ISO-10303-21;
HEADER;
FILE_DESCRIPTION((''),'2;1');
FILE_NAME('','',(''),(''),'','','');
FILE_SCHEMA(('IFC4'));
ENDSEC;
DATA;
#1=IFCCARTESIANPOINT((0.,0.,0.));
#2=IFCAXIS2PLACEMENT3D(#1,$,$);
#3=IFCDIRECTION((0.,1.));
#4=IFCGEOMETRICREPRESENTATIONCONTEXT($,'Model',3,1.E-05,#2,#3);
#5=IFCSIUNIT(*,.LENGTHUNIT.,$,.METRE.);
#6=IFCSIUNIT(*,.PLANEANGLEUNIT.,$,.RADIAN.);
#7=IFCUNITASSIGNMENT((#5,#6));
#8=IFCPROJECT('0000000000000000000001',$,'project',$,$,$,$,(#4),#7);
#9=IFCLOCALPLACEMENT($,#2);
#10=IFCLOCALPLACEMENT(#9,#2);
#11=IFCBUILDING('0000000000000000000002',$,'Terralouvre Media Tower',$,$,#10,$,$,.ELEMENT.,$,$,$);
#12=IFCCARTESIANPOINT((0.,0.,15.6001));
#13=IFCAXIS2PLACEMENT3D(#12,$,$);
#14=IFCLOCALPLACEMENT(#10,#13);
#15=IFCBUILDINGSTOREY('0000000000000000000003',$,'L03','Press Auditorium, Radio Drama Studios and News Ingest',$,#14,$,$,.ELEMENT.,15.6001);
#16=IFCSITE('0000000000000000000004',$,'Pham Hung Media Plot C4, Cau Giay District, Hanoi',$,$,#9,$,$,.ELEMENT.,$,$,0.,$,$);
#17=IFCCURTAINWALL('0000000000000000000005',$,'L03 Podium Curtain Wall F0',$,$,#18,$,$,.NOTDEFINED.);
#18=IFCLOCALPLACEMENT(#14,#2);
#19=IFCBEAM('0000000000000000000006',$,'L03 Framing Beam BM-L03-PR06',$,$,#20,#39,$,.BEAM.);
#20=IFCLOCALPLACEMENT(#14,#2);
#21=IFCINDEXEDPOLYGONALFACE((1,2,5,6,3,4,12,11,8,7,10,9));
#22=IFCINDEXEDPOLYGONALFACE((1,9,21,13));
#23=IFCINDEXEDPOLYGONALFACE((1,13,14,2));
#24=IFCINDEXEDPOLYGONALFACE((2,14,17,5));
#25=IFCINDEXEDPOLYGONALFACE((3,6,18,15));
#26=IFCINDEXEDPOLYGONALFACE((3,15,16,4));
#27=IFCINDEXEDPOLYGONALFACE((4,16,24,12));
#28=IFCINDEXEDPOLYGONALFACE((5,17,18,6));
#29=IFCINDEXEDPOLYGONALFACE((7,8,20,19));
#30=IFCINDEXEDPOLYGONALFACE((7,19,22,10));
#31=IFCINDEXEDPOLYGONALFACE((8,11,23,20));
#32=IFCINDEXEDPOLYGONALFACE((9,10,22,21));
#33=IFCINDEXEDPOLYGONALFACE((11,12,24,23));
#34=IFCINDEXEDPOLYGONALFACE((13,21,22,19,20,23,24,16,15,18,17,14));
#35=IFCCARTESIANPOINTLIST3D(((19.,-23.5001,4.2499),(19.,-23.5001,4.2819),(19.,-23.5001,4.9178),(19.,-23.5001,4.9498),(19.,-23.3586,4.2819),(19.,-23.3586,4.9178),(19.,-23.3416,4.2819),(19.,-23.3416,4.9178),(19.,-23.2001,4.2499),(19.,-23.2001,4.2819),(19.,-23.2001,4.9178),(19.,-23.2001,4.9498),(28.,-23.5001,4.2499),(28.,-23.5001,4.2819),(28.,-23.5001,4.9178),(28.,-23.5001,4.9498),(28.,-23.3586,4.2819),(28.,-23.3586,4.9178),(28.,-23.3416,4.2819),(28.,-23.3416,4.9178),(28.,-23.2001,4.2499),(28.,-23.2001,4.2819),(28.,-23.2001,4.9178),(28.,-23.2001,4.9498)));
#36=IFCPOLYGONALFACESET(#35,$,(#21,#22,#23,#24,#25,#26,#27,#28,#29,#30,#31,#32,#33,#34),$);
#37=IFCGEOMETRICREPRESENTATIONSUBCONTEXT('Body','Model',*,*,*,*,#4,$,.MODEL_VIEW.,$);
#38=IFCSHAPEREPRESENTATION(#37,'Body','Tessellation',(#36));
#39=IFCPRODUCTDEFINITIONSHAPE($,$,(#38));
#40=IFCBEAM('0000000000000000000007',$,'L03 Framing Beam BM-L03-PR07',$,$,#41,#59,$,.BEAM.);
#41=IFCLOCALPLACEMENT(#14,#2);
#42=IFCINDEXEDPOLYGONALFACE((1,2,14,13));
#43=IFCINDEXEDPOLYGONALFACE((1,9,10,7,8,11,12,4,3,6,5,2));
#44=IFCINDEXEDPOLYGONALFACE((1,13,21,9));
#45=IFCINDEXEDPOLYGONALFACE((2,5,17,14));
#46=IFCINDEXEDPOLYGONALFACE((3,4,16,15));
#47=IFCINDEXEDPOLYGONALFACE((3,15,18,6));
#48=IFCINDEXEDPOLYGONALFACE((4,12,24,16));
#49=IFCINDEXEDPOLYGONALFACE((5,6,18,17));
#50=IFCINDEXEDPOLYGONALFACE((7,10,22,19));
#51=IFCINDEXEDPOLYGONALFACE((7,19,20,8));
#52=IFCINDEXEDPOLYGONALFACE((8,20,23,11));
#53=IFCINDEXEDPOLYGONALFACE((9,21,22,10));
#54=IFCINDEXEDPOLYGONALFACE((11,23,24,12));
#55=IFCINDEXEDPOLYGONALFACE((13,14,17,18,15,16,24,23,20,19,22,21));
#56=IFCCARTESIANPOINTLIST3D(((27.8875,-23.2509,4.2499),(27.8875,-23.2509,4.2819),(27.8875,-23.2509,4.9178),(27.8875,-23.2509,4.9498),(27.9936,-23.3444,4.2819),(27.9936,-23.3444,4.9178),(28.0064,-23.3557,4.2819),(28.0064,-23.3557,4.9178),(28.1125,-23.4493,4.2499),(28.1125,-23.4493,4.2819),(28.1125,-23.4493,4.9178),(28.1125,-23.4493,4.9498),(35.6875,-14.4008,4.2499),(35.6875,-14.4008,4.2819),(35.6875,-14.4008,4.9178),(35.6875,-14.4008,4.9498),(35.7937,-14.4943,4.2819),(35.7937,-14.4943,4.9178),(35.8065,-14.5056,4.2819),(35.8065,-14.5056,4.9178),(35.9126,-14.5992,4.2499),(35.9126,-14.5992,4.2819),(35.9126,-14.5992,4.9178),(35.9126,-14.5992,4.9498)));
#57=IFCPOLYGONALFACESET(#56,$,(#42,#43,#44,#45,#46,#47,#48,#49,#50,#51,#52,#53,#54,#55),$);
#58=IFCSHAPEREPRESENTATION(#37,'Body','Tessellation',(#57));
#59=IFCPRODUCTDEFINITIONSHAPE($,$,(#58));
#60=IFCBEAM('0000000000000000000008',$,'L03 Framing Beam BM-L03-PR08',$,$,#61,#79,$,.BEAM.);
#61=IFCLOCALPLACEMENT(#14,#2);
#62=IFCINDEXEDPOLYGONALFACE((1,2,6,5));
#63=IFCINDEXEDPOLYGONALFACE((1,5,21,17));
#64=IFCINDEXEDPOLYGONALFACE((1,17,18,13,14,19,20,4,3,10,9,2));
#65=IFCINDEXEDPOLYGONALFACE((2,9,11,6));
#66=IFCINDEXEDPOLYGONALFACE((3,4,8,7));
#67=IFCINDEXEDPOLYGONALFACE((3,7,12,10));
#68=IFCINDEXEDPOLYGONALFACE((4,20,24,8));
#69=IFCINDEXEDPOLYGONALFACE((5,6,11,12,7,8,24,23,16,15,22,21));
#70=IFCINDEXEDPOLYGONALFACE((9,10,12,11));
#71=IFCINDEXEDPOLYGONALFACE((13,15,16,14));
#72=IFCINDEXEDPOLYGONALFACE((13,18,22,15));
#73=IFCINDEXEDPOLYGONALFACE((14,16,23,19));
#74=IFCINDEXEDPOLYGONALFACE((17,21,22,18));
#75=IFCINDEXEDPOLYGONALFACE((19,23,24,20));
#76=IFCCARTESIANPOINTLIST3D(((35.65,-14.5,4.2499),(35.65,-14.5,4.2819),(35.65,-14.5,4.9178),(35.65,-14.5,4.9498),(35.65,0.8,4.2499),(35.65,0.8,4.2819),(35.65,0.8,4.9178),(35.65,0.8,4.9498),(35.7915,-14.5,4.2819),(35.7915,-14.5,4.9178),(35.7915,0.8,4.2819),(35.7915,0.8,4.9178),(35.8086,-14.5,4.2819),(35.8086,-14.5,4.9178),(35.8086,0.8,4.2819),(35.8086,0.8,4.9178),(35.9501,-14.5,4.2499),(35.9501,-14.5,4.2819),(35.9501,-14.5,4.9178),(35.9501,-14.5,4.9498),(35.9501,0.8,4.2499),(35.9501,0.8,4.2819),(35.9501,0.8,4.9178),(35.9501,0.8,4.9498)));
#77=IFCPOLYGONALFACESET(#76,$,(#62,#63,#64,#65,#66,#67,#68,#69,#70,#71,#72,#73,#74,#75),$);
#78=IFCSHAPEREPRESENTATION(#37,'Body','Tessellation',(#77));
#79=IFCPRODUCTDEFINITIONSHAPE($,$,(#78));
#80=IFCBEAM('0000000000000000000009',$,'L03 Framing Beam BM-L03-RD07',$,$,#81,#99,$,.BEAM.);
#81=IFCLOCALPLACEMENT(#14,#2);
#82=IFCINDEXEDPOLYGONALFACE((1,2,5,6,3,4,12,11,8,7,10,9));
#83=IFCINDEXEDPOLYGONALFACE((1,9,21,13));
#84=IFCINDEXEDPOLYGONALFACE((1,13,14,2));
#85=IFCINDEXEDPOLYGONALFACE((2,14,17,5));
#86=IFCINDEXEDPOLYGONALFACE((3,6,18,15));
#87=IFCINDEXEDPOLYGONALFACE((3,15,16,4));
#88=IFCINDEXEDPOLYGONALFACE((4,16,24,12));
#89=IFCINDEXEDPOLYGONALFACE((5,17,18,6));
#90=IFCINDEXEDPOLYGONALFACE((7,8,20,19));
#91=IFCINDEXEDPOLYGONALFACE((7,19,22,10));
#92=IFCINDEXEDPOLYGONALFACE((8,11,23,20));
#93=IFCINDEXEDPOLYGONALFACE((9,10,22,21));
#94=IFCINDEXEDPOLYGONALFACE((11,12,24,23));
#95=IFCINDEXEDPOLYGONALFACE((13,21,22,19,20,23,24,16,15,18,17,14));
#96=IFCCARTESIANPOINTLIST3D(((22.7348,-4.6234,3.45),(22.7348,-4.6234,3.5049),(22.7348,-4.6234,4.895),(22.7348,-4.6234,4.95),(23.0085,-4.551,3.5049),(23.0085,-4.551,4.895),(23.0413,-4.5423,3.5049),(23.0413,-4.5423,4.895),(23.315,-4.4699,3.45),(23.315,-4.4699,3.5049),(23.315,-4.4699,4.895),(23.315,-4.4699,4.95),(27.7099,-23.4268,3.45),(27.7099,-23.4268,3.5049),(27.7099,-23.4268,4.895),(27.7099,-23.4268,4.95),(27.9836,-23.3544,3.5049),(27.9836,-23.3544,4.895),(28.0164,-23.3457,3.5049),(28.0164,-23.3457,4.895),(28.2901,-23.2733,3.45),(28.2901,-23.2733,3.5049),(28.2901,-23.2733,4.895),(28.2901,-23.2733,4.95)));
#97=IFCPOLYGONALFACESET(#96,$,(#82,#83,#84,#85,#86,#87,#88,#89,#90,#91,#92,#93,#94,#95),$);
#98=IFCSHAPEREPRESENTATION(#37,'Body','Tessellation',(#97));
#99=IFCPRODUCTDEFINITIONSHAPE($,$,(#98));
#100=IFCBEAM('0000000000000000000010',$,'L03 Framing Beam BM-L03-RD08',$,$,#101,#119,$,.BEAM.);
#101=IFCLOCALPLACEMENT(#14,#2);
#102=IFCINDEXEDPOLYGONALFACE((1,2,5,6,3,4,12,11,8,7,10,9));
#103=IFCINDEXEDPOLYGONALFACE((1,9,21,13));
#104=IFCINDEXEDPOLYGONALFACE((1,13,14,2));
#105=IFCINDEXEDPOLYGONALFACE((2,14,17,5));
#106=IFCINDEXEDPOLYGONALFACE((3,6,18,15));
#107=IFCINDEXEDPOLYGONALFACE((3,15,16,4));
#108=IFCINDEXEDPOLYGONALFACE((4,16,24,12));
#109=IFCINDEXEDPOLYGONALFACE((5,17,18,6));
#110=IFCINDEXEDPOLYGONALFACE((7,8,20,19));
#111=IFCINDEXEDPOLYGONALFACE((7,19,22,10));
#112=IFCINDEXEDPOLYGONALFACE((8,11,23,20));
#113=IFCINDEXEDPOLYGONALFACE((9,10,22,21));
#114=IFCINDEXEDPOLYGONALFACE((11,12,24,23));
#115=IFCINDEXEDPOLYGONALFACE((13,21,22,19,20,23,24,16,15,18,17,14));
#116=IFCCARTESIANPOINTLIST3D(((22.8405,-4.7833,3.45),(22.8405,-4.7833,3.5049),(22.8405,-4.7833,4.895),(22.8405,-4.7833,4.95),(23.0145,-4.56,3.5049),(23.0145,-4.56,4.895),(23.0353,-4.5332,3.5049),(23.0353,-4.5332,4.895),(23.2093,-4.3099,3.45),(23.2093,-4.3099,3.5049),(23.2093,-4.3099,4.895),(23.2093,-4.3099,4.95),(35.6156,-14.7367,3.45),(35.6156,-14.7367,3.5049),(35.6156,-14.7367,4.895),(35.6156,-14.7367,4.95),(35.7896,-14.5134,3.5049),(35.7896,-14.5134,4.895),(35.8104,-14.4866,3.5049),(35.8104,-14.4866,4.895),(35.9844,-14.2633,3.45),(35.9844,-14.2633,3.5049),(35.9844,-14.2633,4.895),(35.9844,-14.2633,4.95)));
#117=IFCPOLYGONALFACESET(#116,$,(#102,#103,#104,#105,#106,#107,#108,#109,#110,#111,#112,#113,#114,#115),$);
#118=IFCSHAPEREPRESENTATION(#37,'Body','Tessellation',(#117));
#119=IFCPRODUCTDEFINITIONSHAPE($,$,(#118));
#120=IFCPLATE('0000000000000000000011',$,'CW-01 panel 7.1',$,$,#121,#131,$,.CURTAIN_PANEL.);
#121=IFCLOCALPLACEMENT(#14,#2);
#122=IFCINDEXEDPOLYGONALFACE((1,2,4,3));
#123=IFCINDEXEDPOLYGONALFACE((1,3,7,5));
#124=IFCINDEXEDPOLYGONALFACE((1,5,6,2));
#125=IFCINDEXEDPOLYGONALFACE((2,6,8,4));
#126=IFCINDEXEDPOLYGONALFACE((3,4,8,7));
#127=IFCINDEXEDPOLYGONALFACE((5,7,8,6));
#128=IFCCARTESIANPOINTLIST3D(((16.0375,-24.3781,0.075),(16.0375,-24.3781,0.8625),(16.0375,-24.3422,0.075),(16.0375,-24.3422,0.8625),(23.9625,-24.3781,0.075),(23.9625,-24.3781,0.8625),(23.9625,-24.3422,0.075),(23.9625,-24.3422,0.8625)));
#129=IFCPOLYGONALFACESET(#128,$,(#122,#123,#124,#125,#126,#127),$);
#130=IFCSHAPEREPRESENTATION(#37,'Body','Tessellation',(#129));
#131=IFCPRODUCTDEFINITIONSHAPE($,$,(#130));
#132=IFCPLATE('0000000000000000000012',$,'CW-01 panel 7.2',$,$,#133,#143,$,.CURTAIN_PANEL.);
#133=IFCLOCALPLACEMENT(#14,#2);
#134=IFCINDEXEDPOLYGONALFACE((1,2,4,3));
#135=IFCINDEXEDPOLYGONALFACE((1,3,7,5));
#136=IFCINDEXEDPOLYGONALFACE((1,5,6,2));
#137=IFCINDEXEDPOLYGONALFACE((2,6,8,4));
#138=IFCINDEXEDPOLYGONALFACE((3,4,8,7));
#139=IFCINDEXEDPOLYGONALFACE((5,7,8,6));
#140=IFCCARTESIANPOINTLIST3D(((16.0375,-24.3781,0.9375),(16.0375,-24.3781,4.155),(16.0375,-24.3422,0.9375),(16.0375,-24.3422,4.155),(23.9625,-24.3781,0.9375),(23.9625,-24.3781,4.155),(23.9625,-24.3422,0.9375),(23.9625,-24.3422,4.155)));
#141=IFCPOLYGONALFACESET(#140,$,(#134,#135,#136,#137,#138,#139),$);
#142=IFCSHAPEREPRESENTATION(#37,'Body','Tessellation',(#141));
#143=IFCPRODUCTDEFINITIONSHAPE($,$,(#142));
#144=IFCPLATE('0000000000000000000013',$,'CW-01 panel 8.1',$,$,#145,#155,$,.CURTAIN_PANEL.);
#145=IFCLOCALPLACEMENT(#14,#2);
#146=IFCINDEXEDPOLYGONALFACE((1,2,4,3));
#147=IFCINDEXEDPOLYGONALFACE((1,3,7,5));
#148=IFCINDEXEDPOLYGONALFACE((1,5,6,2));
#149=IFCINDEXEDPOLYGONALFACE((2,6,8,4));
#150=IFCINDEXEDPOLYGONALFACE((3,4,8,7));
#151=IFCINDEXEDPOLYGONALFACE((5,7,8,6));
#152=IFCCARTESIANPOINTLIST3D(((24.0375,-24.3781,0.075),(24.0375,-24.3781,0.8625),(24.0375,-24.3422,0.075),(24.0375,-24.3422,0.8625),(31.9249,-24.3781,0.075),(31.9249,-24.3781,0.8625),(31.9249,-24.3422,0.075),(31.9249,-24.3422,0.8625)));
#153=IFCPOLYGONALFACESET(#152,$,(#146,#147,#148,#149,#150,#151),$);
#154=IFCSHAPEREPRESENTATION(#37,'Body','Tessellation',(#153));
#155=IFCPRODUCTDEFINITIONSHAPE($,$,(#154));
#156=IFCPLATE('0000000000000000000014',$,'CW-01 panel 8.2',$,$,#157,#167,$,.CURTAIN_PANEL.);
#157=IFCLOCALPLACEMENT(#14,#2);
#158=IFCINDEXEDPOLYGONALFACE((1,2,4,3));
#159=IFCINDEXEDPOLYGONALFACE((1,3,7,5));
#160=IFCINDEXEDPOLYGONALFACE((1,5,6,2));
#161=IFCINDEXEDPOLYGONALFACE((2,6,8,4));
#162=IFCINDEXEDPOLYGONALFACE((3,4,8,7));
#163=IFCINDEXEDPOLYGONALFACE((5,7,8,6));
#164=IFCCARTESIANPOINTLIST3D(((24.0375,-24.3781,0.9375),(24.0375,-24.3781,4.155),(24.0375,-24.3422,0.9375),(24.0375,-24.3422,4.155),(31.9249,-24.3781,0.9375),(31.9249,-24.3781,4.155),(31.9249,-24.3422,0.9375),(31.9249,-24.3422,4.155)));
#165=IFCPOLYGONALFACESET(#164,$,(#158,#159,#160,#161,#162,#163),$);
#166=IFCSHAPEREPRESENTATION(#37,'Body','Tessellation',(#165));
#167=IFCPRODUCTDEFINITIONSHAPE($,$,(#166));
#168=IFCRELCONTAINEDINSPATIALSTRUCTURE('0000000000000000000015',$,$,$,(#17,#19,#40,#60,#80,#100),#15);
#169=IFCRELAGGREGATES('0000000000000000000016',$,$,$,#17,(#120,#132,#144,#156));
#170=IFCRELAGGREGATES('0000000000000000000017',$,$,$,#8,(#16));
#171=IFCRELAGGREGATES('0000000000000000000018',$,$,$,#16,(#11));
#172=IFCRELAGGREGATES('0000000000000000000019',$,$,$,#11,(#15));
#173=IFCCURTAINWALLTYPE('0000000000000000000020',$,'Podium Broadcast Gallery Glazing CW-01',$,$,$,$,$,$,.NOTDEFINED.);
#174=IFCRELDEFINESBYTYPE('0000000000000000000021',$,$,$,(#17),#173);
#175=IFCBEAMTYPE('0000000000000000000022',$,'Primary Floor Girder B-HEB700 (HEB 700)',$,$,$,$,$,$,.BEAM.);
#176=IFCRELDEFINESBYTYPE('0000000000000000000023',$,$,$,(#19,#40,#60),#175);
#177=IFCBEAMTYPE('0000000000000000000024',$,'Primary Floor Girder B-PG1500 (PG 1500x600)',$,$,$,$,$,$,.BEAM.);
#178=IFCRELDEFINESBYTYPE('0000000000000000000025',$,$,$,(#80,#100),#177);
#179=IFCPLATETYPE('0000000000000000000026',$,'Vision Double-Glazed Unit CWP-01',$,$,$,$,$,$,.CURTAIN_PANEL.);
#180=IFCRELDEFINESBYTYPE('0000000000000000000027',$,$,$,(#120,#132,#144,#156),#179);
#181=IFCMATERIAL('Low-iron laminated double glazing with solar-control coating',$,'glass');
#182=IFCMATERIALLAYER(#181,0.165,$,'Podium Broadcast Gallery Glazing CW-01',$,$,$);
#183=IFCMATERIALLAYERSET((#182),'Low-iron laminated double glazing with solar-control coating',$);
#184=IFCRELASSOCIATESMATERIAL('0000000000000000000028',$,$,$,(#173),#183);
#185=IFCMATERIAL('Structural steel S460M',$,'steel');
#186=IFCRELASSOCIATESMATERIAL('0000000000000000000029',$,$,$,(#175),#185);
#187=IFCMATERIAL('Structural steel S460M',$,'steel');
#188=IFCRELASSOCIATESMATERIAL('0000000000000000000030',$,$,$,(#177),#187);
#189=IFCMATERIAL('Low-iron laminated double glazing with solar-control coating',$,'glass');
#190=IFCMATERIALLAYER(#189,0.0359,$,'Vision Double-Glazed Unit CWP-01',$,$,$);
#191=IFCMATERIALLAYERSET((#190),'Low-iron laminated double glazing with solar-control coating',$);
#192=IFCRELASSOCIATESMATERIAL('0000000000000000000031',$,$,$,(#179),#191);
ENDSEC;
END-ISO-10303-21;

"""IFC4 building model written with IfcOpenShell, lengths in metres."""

from ifc_helpers import new_model, si_unit, direction, frame, origin, origin_2d, place, context, subcontext, project, spatial, rectangle, i_section, extrude, material, layer, layer_set, material_profile, profile_set, type_object, element, aggregate, save


model = new_model("IFC4")

# Units and contexts
model_context = context("Model", 3, precision=1e-05, world=origin(), true_north=direction((0.0, 1.0)))
body_context = subcontext(model_context, "Body", "Model", "MODEL_VIEW")
ifc_project = project(units=[si_unit("LENGTHUNIT", "METRE"), si_unit("PLANEANGLEUNIT", "RADIAN")], contexts=[model_context])

# Site, building, storey
site_placement = place(None, origin())
site = spatial("IfcSite", under=ifc_project, at=site_placement, Name="Pham Hung Media Plot C4, Cau Giay District, Hanoi", CompositionType="ELEMENT", RefElevation=0.0)
building_placement = place(site_placement, origin())
building = spatial("IfcBuilding", under=site, at=building_placement, Name="Terralouvre Media Tower", CompositionType="ELEMENT")
storey_placement = place(building_placement, frame((0.0, 0.0, 15.6001)))
storey = spatial("IfcBuildingStorey", under=building, at=storey_placement, Name="L03", Description="Press Auditorium, Radio Drama Studios and News Ingest", CompositionType="ELEMENT", Elevation=15.6001)

# Curtain wall
ifc_material_1 = material(Name="Low-iron laminated double glazing with solar-control coating", Category="glass")
ifc_layer_1 = layer(ifc_material_1, 0.165, Name="Podium Broadcast Gallery Glazing CW-01")
ifc_layer_set_1 = layer_set([ifc_layer_1], Name="Low-iron laminated double glazing with solar-control coating")
curtain_wall_type = type_object("IfcCurtainWallType", Name="Podium Broadcast Gallery Glazing CW-01", PredefinedType="NOTDEFINED", material=ifc_layer_set_1)
curtain_wall_placement = place(storey_placement, origin())
curtain_wall = element("IfcCurtainWall", 1, at=curtain_wall_placement, inside=storey, type_object=curtain_wall_type, Name="L03 Podium Curtain Wall F0", PredefinedType="NOTDEFINED")

# Beams
ifc_material_2 = material(Name="Structural steel S460M", Category="steel")
ifc_material_profile_1 = material_profile(ifc_material_2, i_section(OverallWidth=0.3, OverallDepth=0.7, WebThickness=0.0171, FlangeThickness=0.032, at=origin_2d()), Name="HEB 700")
ifc_profile_set_1 = profile_set([ifc_material_profile_1], Name="Structural steel S460M")
beam_type_1 = type_object("IfcBeamType", Name="Primary Floor Girder B-HEB700 (HEB 700)", PredefinedType="BEAM", material=ifc_profile_set_1)
beam_1_placement = place(storey_placement, frame((19.0, -23.3501, 4.5999), z_axis=(1.0, 0.0, 0.0), x_axis=(0.0, 1.0, 0.0)))
element("IfcBeam", 2, at=beam_1_placement, inside=storey, type_object=beam_type_1, Name="L03 Framing Beam BM-L03-PR06", PredefinedType="BEAM", context=body_context, shape_type="SweptSolid", body=[
    extrude(i_section(OverallWidth=0.3, OverallDepth=0.7, WebThickness=0.0171, FlangeThickness=0.032, at=origin_2d()), origin(), (0.0, 0.0, 1.0), 9.0),
])
beam_2_placement = place(storey_placement, frame((28.0, -23.3501, 4.5999), z_axis=(0.661199, 0.75021, 0.0), x_axis=(-0.75021, 0.661199, 0.0)))
element("IfcBeam", 3, at=beam_2_placement, inside=storey, type_object=beam_type_1, Name="L03 Framing Beam BM-L03-PR07", PredefinedType="BEAM", context=body_context, shape_type="SweptSolid", body=[
    extrude(i_section(OverallWidth=0.3, OverallDepth=0.7, WebThickness=0.0171, FlangeThickness=0.032, at=origin_2d()), origin(), (0.0, 0.0, 1.0), 11.7969),
])
beam_3_placement = place(storey_placement, frame((35.8, -14.5, 4.5999), z_axis=(0.0, 1.0, 0.0), x_axis=(-1.0, 0.0, 0.0)))
element("IfcBeam", 4, at=beam_3_placement, inside=storey, type_object=beam_type_1, Name="L03 Framing Beam BM-L03-PR08", PredefinedType="BEAM", context=body_context, shape_type="SweptSolid", body=[
    extrude(i_section(OverallWidth=0.3, OverallDepth=0.7, WebThickness=0.0171, FlangeThickness=0.032, at=origin_2d()), origin(), (0.0, 0.0, 1.0), 15.3),
])
ifc_material_3 = material(Name="Structural steel S460M", Category="steel")
ifc_material_profile_2 = material_profile(ifc_material_3, i_section(OverallWidth=0.6001, OverallDepth=1.5, WebThickness=0.0339, FlangeThickness=0.0549, at=origin_2d()), Name="PG 1500x600")
ifc_profile_set_2 = profile_set([ifc_material_profile_2], Name="Structural steel S460M")
beam_type_2 = type_object("IfcBeamType", Name="Primary Floor Girder B-PG1500 (PG 1500x600)", PredefinedType="BEAM", material=ifc_profile_set_2)
beam_4_placement = place(storey_placement, frame((23.0249, -4.5466, 4.2), z_axis=(0.255783, -0.966734, 0.0), x_axis=(0.966734, 0.255783, 0.0)))
element("IfcBeam", 5, at=beam_4_placement, inside=storey, type_object=beam_type_2, Name="L03 Framing Beam BM-L03-RD07", PredefinedType="BEAM", context=body_context, shape_type="SweptSolid", body=[
    extrude(i_section(OverallWidth=0.6001, OverallDepth=1.5, WebThickness=0.0339, FlangeThickness=0.0549, at=origin_2d()), origin(), (0.0, 0.0, 1.0), 19.4504),
])
beam_5_placement = place(storey_placement, frame((23.0249, -4.5466, 4.2), z_axis=(0.788839, -0.6146, 0.0), x_axis=(0.6146, 0.788839, 0.0)))
element("IfcBeam", 6, at=beam_5_placement, inside=storey, type_object=beam_type_2, Name="L03 Framing Beam BM-L03-RD08", PredefinedType="BEAM", context=body_context, shape_type="SweptSolid", body=[
    extrude(i_section(OverallWidth=0.6001, OverallDepth=1.5, WebThickness=0.0339, FlangeThickness=0.0549, at=origin_2d()), origin(), (0.0, 0.0, 1.0), 16.1948),
])

# Plates
ifc_material_4 = material(Name="Low-iron laminated double glazing with solar-control coating", Category="glass")
ifc_layer_2 = layer(ifc_material_4, 0.0359, Name="Vision Double-Glazed Unit CWP-01")
ifc_layer_set_2 = layer_set([ifc_layer_2], Name="Low-iron laminated double glazing with solar-control coating")
plate_type = type_object("IfcPlateType", Name="Vision Double-Glazed Unit CWP-01", PredefinedType="CURTAIN_PANEL", material=ifc_layer_set_2)
plate_1_placement = place(storey_placement, frame((20.0, -24.3601, 0.075), z_axis=(0.0, 0.0, 1.0), x_axis=(1.0, 0.0, 0.0)))
plate_1 = element("IfcPlate", 7, at=plate_1_placement, type_object=plate_type, Name="CW-01 panel 7.1", PredefinedType="CURTAIN_PANEL", context=body_context, shape_type="SweptSolid", body=[
    extrude(rectangle(XDim=7.925, YDim=0.0359, at=origin_2d()), origin(), (0.0, 0.0, 1.0), 0.7876),
])
plate_2_placement = place(storey_placement, frame((20.0, -24.3601, 0.9375), z_axis=(0.0, 0.0, 1.0), x_axis=(1.0, 0.0, 0.0)))
plate_2 = element("IfcPlate", 8, at=plate_2_placement, type_object=plate_type, Name="CW-01 panel 7.2", PredefinedType="CURTAIN_PANEL", context=body_context, shape_type="SweptSolid", body=[
    extrude(rectangle(XDim=7.925, YDim=0.0359, at=origin_2d()), origin(), (0.0, 0.0, 1.0), 3.2175),
])
plate_3_placement = place(storey_placement, frame((27.9812, -24.3601, 0.075), z_axis=(0.0, 0.0, 1.0), x_axis=(1.0, 0.0, 0.0)))
plate_3 = element("IfcPlate", 9, at=plate_3_placement, type_object=plate_type, Name="CW-01 panel 8.1", PredefinedType="CURTAIN_PANEL", context=body_context, shape_type="SweptSolid", body=[
    extrude(rectangle(XDim=7.8875, YDim=0.0359, at=origin_2d()), origin(), (0.0, 0.0, 1.0), 0.7876),
])
plate_4_placement = place(storey_placement, frame((27.9812, -24.3601, 0.9375), z_axis=(0.0, 0.0, 1.0), x_axis=(1.0, 0.0, 0.0)))
plate_4 = element("IfcPlate", 10, at=plate_4_placement, type_object=plate_type, Name="CW-01 panel 8.2", PredefinedType="CURTAIN_PANEL", context=body_context, shape_type="SweptSolid", body=[
    extrude(rectangle(XDim=7.8875, YDim=0.0359, at=origin_2d()), origin(), (0.0, 0.0, 1.0), 3.2175),
])
aggregate(curtain_wall, [plate_1, plate_2, plate_3, plate_4])

save(model, "model.ifc")
